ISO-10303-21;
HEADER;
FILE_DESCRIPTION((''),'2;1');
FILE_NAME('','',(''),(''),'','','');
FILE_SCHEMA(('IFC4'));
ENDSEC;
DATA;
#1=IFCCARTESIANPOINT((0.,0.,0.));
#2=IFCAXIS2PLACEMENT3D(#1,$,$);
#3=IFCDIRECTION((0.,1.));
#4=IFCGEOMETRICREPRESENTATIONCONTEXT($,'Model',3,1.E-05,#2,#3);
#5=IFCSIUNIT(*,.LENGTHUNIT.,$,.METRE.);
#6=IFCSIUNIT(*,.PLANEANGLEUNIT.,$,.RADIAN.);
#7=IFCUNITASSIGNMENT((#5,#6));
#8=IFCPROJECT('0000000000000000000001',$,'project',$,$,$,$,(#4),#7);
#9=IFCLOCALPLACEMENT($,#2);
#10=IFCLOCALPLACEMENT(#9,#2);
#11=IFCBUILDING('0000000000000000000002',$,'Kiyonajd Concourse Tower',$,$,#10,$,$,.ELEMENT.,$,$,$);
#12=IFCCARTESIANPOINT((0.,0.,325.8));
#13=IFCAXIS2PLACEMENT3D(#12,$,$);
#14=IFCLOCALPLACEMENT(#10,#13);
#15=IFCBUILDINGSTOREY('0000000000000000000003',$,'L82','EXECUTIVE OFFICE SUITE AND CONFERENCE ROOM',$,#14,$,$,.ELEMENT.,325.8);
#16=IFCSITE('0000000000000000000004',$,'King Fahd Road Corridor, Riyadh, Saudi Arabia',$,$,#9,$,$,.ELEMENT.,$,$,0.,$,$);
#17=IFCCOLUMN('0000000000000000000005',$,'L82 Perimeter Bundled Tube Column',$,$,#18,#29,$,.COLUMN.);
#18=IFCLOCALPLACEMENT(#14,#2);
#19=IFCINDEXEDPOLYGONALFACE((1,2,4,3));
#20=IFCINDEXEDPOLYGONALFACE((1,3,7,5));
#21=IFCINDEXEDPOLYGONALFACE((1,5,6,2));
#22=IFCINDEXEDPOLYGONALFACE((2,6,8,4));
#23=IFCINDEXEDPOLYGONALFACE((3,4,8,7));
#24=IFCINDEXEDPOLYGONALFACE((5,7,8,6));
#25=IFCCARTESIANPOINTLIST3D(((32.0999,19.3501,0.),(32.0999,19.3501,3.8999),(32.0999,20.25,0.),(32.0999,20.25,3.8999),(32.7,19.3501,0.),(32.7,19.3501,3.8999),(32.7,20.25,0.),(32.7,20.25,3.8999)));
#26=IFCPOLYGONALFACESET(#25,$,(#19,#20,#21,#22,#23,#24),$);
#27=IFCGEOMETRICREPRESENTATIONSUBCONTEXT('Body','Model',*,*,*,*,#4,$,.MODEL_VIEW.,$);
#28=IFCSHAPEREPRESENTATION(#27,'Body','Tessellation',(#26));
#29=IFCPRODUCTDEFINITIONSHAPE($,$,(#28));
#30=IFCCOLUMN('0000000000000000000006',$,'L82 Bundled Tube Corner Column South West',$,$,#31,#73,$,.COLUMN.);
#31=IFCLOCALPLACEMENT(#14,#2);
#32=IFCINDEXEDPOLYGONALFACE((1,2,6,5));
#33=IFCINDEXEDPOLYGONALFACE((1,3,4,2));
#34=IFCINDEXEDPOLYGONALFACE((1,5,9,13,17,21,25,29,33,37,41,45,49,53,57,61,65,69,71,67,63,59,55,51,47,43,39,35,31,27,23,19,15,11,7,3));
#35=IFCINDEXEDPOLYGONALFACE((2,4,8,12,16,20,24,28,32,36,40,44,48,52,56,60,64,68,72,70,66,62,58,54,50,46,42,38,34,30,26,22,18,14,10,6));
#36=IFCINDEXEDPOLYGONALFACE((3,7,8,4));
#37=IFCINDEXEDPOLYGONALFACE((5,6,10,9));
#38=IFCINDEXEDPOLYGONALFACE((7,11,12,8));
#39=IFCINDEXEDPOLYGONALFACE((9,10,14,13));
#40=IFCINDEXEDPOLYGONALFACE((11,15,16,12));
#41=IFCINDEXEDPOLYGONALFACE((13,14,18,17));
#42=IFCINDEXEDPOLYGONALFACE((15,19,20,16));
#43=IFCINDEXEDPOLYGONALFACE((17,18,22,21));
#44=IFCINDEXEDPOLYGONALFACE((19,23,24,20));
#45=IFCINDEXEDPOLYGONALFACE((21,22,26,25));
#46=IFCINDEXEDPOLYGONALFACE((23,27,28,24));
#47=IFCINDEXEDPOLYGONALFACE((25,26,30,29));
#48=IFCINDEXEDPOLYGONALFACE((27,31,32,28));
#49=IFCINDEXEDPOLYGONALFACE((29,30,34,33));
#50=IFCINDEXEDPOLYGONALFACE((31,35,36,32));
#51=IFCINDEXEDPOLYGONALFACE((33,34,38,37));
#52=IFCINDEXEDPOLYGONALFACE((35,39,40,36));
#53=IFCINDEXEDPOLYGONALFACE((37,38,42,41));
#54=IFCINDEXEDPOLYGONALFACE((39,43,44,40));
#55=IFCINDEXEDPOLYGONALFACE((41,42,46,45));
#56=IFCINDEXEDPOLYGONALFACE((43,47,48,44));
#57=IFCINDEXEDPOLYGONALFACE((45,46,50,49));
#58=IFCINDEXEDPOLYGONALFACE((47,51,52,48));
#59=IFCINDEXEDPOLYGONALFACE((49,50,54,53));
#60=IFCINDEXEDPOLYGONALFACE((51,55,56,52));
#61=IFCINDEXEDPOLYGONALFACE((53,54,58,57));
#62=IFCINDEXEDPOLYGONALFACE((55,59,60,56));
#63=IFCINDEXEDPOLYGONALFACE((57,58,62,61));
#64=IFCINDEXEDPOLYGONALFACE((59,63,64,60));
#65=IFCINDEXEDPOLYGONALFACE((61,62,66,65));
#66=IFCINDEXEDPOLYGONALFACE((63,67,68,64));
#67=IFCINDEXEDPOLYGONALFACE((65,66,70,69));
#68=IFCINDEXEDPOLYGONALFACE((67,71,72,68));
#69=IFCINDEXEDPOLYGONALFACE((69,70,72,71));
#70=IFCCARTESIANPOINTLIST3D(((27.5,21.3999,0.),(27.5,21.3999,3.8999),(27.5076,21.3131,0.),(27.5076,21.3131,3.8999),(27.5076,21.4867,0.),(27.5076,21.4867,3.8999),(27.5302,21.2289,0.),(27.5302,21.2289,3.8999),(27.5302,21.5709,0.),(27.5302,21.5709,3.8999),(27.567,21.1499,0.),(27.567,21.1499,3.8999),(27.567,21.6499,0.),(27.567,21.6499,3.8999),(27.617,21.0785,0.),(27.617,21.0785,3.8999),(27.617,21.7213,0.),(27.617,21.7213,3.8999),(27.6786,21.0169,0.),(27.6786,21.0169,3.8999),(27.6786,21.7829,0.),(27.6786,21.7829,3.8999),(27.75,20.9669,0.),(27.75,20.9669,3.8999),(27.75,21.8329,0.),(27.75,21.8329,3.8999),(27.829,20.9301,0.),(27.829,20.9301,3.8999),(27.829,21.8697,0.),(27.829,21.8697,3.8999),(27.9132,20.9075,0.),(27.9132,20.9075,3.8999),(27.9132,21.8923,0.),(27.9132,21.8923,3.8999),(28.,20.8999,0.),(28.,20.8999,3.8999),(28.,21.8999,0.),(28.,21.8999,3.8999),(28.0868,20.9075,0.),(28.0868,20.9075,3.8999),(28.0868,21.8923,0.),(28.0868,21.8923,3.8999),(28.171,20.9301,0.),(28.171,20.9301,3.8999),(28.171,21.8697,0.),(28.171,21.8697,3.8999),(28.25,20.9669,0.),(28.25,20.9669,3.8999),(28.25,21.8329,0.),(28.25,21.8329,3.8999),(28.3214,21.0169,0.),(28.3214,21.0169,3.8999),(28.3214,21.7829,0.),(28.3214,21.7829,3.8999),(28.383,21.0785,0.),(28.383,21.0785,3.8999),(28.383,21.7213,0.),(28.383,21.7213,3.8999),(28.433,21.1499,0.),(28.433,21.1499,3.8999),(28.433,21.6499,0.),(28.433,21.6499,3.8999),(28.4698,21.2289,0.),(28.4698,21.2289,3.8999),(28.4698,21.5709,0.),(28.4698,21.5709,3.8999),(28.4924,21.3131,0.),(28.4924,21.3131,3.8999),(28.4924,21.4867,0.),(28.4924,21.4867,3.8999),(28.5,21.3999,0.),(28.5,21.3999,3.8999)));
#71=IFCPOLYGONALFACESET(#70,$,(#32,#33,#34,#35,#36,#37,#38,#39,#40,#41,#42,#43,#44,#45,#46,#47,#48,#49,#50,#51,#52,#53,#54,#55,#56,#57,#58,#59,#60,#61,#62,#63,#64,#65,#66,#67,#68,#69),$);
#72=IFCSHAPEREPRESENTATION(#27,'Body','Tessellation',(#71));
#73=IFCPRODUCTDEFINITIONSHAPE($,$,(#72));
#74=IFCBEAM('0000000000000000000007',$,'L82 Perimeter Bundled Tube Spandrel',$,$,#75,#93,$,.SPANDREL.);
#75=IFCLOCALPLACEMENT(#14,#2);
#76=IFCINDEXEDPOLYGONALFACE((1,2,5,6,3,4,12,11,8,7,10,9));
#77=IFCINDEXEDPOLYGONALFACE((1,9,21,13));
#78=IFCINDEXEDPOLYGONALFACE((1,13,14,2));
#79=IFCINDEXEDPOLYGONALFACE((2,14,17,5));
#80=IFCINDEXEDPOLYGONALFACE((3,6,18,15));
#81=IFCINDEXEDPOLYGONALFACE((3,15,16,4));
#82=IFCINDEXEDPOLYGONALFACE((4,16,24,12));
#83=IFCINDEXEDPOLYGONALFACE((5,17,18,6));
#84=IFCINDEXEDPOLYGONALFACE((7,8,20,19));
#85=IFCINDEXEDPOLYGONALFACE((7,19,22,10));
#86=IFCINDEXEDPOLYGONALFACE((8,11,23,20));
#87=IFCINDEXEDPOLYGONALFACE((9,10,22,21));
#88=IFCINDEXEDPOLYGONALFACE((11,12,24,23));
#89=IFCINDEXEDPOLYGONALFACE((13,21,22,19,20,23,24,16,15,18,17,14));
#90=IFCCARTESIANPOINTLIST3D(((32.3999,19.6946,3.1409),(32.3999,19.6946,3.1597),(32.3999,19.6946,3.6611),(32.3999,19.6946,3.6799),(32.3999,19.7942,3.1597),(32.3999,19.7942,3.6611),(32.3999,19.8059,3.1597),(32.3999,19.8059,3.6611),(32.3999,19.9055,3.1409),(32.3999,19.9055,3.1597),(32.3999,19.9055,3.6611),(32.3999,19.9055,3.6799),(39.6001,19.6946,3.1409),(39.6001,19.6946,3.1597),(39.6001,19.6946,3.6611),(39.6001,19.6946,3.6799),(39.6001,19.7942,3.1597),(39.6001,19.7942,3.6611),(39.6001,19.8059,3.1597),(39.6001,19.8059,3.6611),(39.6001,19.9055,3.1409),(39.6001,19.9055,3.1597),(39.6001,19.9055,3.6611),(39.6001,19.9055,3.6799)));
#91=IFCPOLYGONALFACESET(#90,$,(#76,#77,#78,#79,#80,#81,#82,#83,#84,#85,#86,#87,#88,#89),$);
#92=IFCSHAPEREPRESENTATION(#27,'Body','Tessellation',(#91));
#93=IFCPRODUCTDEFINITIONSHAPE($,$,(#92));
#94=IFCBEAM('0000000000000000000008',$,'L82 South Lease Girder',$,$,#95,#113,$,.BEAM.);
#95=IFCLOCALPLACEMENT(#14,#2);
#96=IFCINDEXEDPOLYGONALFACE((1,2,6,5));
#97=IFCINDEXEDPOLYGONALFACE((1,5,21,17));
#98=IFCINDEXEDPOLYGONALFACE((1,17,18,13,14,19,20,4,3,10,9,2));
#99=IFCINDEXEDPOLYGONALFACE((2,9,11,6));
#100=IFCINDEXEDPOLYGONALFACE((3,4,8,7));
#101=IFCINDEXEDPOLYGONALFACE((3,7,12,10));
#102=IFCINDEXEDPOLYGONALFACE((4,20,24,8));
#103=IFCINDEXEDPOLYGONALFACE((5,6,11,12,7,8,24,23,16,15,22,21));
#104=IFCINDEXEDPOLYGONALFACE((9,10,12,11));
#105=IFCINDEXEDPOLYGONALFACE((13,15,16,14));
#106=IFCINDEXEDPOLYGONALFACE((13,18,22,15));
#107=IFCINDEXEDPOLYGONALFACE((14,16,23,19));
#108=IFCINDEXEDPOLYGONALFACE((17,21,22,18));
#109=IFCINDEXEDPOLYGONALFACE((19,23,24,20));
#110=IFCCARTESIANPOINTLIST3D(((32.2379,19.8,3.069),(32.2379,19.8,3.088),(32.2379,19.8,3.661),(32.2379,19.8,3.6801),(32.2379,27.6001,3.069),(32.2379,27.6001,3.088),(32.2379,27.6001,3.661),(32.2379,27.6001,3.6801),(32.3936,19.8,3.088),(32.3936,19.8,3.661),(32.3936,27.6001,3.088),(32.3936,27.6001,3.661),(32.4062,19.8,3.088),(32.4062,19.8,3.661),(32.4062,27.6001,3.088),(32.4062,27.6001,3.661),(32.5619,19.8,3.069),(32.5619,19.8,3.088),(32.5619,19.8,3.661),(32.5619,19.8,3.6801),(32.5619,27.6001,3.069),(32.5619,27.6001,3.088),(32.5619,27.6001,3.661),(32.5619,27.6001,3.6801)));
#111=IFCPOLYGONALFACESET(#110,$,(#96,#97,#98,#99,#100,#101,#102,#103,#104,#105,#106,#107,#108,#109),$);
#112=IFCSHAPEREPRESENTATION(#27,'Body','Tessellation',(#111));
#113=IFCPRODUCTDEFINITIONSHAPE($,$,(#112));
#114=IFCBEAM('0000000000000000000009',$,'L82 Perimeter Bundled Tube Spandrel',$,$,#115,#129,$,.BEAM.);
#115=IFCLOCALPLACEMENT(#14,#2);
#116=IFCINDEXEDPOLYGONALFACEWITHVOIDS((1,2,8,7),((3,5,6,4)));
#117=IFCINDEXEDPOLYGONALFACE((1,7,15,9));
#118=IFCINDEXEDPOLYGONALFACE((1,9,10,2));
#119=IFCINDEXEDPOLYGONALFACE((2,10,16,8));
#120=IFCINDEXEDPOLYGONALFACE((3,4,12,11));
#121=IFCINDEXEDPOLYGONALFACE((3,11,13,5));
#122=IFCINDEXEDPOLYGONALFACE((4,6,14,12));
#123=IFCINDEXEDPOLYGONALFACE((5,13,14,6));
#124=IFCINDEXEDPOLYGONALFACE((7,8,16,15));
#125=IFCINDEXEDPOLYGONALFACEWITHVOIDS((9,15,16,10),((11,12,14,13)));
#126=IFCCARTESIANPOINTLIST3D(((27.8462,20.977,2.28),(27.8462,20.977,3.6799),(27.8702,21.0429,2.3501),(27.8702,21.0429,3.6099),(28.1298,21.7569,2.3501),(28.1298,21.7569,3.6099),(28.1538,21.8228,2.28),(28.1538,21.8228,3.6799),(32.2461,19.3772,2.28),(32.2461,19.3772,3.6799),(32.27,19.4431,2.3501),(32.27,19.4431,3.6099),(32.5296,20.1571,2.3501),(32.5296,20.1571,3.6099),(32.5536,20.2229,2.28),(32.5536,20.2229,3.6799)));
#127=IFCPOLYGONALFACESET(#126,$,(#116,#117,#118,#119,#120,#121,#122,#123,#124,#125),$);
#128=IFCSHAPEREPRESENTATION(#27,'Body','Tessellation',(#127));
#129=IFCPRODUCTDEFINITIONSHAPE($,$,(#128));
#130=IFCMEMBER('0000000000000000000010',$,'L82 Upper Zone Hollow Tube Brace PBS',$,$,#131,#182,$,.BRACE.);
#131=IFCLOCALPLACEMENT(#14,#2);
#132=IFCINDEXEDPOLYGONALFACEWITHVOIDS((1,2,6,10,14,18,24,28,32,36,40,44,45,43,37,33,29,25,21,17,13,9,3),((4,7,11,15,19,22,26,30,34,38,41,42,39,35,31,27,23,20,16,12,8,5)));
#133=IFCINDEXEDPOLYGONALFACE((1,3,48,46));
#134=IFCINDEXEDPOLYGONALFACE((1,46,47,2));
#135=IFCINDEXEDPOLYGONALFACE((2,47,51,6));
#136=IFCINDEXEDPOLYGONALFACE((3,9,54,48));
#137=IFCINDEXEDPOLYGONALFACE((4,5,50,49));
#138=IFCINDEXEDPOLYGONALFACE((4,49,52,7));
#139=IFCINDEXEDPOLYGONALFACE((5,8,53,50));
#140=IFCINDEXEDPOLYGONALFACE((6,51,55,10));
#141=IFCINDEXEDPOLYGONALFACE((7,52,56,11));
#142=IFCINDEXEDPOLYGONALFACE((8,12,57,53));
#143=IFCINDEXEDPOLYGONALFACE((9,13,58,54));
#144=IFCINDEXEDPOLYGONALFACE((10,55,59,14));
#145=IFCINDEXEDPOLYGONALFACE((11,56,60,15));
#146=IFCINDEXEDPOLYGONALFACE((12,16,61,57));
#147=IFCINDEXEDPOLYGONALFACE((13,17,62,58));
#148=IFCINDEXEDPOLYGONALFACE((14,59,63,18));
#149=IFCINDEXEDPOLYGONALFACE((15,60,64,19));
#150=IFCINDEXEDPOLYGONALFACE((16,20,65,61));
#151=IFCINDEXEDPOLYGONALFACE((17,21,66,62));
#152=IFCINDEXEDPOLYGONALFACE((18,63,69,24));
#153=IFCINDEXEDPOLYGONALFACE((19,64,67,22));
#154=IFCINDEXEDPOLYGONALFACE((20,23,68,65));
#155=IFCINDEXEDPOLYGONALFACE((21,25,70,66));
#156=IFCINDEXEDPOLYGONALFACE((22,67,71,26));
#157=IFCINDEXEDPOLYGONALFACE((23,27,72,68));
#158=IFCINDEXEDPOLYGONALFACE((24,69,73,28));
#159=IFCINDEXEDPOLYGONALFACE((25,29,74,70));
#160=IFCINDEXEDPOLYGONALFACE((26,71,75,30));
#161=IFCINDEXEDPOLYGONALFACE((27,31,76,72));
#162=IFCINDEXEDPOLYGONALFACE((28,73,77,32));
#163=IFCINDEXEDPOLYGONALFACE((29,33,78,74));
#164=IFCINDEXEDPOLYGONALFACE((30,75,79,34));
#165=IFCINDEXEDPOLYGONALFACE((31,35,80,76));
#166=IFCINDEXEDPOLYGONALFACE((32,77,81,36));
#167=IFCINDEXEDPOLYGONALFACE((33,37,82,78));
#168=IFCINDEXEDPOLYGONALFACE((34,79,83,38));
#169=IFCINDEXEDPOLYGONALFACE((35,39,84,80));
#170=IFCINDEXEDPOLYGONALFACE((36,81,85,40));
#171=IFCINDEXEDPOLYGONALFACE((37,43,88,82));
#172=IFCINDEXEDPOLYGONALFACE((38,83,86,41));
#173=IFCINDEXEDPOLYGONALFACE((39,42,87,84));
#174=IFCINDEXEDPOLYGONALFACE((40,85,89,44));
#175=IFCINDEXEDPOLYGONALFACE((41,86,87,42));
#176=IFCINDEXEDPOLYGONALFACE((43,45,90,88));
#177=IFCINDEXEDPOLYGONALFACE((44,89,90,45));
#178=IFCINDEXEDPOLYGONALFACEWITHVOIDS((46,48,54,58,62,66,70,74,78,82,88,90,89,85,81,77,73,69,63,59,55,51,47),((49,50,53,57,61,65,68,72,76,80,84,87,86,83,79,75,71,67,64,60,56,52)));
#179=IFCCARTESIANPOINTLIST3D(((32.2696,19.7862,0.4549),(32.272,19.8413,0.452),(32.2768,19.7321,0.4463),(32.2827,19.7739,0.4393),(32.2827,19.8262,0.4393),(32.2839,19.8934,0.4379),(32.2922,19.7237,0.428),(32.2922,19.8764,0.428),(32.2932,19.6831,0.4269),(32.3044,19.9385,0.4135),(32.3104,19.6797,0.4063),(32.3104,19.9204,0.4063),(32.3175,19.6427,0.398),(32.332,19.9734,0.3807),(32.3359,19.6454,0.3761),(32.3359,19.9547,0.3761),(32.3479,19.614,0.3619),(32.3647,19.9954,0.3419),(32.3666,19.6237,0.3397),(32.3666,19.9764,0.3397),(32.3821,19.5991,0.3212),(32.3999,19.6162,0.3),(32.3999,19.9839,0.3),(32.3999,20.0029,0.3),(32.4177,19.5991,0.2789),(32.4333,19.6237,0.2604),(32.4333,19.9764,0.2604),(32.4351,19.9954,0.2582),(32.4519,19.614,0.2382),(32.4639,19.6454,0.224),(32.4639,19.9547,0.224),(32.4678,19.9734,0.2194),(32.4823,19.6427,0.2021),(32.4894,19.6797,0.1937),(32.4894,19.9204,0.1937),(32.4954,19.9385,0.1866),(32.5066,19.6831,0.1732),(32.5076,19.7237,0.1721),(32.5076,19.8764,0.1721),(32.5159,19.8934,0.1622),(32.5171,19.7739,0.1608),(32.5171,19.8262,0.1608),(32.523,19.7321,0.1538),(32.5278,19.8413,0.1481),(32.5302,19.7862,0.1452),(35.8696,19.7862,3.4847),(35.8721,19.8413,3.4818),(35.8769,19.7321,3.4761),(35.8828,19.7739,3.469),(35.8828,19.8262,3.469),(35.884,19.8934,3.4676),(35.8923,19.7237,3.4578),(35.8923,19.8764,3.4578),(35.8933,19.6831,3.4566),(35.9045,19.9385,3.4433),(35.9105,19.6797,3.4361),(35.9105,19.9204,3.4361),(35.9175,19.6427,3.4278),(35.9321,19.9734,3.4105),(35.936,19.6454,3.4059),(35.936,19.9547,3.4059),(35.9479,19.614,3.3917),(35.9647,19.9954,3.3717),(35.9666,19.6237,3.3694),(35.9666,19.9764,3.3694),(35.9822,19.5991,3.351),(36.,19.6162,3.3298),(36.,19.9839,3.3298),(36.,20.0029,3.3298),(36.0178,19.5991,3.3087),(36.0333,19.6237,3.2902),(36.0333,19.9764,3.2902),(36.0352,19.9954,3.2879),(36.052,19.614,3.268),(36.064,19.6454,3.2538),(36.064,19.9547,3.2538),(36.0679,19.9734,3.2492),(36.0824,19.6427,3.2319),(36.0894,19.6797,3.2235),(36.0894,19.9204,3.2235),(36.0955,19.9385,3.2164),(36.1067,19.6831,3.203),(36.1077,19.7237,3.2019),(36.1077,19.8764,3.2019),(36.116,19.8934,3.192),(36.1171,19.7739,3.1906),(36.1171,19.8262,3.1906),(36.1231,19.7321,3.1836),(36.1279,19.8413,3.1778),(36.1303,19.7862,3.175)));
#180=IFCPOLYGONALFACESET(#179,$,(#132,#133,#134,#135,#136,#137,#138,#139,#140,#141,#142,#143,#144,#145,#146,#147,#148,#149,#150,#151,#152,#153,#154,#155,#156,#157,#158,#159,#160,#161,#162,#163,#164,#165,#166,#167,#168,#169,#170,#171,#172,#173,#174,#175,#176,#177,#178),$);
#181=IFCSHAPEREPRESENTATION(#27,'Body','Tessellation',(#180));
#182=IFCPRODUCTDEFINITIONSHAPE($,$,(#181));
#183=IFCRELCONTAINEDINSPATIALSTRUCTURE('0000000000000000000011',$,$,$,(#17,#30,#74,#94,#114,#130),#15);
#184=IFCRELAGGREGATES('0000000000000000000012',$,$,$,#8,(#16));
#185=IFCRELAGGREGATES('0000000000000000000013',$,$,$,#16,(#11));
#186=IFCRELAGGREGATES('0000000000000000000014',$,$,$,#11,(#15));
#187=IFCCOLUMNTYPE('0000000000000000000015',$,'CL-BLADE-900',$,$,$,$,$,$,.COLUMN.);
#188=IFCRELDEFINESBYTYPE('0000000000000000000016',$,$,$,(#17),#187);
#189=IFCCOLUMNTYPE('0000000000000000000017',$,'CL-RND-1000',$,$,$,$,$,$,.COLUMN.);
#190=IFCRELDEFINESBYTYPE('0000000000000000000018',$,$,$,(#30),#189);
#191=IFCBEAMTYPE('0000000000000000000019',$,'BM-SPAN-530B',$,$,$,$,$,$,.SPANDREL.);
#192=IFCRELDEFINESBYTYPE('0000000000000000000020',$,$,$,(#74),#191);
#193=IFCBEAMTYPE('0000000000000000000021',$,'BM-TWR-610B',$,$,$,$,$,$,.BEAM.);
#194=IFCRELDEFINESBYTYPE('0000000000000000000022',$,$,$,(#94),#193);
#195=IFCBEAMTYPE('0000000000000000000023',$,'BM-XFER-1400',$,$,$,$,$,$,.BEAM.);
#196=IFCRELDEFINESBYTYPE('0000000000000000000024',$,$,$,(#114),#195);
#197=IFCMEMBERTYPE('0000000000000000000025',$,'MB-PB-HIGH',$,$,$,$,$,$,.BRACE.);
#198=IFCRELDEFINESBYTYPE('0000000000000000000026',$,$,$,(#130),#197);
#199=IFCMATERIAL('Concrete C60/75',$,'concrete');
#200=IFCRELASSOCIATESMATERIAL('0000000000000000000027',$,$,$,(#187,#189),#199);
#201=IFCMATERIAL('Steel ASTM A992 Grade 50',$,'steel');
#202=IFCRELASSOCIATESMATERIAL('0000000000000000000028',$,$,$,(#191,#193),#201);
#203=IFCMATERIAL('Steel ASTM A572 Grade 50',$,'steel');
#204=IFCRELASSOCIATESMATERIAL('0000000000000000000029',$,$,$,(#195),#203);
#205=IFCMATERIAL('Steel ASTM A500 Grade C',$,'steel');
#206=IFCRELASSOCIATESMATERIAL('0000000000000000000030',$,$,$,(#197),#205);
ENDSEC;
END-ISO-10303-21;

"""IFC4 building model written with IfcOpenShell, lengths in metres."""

from ifc_helpers import new_model, si_unit, direction, frame, origin, origin_2d, place, context, subcontext, project, spatial, rectangle, hollow_rectangle, circle, hollow_circle, i_section, extrude, material, material_profile, profile_set, type_object, element, save


model = new_model("IFC4")

# Units and contexts
model_context = context("Model", 3, precision=1e-05, world=origin(), true_north=direction((0.0, 1.0)))
body_context = subcontext(model_context, "Body", "Model", "MODEL_VIEW")
ifc_project = project(units=[si_unit("LENGTHUNIT", "METRE"), si_unit("PLANEANGLEUNIT", "RADIAN")], contexts=[model_context])

# Site, building, storey
site_placement = place(None, origin())
site = spatial("IfcSite", under=ifc_project, at=site_placement, Name="King Fahd Road Corridor, Riyadh, Saudi Arabia", CompositionType="ELEMENT", RefElevation=0.0)
building_placement = place(site_placement, origin())
building = spatial("IfcBuilding", under=site, at=building_placement, Name="Kiyonajd Concourse Tower", CompositionType="ELEMENT")
storey_placement = place(building_placement, frame((0.0, 0.0, 325.8)))
storey = spatial("IfcBuildingStorey", under=building, at=storey_placement, Name="L82", Description="EXECUTIVE OFFICE SUITE AND CONFERENCE ROOM", CompositionType="ELEMENT", Elevation=325.8)

# Columns
ifc_material_1 = material(Name="Concrete C60/75", Category="concrete")
ifc_material_profile_1 = material_profile(ifc_material_1, rectangle(XDim=0.6001, YDim=0.8999, at=origin_2d()), Name="RC-900x600")
ifc_profile_set_1 = profile_set([ifc_material_profile_1], Name="Concrete C60/75")
column_type_1 = type_object("IfcColumnType", Name="CL-BLADE-900", PredefinedType="COLUMN", material=ifc_profile_set_1)
column_1_placement = place(storey_placement, frame((32.3999, 19.8, 0.0), z_axis=(0.0, 0.0, 1.0), x_axis=(1.0, 0.0, 0.0)))
element("IfcColumn", 1, at=column_1_placement, inside=storey, type_object=column_type_1, Name="L82 Perimeter Bundled Tube Column", PredefinedType="COLUMN", context=body_context, shape_type="SweptSolid", body=[
    extrude(rectangle(XDim=0.6001, YDim=0.8999, at=origin_2d()), origin(), (0.0, 0.0, 1.0), 3.8999),
])
ifc_material_profile_2 = material_profile(ifc_material_1, circle(Radius=0.5, at=origin_2d()), Name="RCC-D1000")
ifc_profile_set_2 = profile_set([ifc_material_profile_2], Name="Concrete C60/75")
column_type_2 = type_object("IfcColumnType", Name="CL-RND-1000", PredefinedType="COLUMN", material=ifc_profile_set_2)
column_2_placement = place(storey_placement, frame((28.0, 21.3999, 0.0), z_axis=(0.0, 0.0, 1.0), x_axis=(1.0, 0.0, 0.0)))
element("IfcColumn", 2, at=column_2_placement, inside=storey, type_object=column_type_2, Name="L82 Bundled Tube Corner Column South West", PredefinedType="COLUMN", context=body_context, shape_type="SweptSolid", body=[
    extrude(circle(Radius=0.5, at=origin_2d()), origin(), (0.0, 0.0, 1.0), 3.8999),
])

# Beams
ifc_material_2 = material(Name="Steel ASTM A992 Grade 50", Category="steel")
ifc_material_profile_3 = material_profile(ifc_material_2, i_section(OverallWidth=0.2109, OverallDepth=0.5391, WebThickness=0.0117, FlangeThickness=0.0188, at=origin_2d()), Name="W530X109")
ifc_profile_set_3 = profile_set([ifc_material_profile_3], Name="Steel ASTM A992 Grade 50")
beam_type_1 = type_object("IfcBeamType", Name="BM-SPAN-530B", PredefinedType="SPANDREL", material=ifc_profile_set_3)
beam_1_placement = place(storey_placement, frame((32.3999, 19.8, 3.4104), z_axis=(1.0, 0.0, 0.0), x_axis=(0.0, 1.0, 0.0)))
element("IfcBeam", 3, at=beam_1_placement, inside=storey, type_object=beam_type_1, Name="L82 Perimeter Bundled Tube Spandrel", PredefinedType="SPANDREL", context=body_context, shape_type="SweptSolid", body=[
    extrude(i_section(OverallWidth=0.2109, OverallDepth=0.5391, WebThickness=0.0117, FlangeThickness=0.0188, at=origin_2d()), origin(), (0.0, 0.0, 1.0), 7.2002),
])
ifc_material_profile_4 = material_profile(ifc_material_2, i_section(OverallWidth=0.324, OverallDepth=0.6111, WebThickness=0.0127, FlangeThickness=0.019, at=origin_2d()), Name="W610X155")
ifc_profile_set_4 = profile_set([ifc_material_profile_4], Name="Steel ASTM A992 Grade 50")
beam_type_2 = type_object("IfcBeamType", Name="BM-TWR-610B", PredefinedType="BEAM", material=ifc_profile_set_4)
beam_2_placement = place(storey_placement, frame((32.3999, 19.8, 3.3745), z_axis=(0.0, 1.0, 0.0), x_axis=(-1.0, 0.0, 0.0)))
element("IfcBeam", 4, at=beam_2_placement, inside=storey, type_object=beam_type_2, Name="L82 South Lease Girder", PredefinedType="BEAM", context=body_context, shape_type="SweptSolid", body=[
    extrude(i_section(OverallWidth=0.324, OverallDepth=0.6111, WebThickness=0.0127, FlangeThickness=0.019, at=origin_2d()), origin(), (0.0, 0.0, 1.0), 7.8),
])
ifc_material_3 = material(Name="Steel ASTM A572 Grade 50", Category="steel")
ifc_material_profile_5 = material_profile(ifc_material_3, hollow_rectangle(XDim=0.8999, YDim=1.3999, WallThickness=0.0701, at=origin_2d()), Name="BOX-1400x900x70")
ifc_profile_set_5 = profile_set([ifc_material_profile_5], Name="Steel ASTM A572 Grade 50")
beam_type_3 = type_object("IfcBeamType", Name="BM-XFER-1400", PredefinedType="BEAM", material=ifc_profile_set_5)
beam_3_placement = place(storey_placement, frame((28.0, 21.3999, 2.98), z_axis=(0.939801, -0.341722, 0.0), x_axis=(0.341722, 0.939801, 0.0)))
element("IfcBeam", 5, at=beam_3_placement, inside=storey, type_object=beam_type_3, Name="L82 Perimeter Bundled Tube Spandrel", PredefinedType="BEAM", context=body_context, shape_type="SweptSolid", body=[
    extrude(hollow_rectangle(XDim=0.8999, YDim=1.3999, WallThickness=0.0701, at=origin_2d()), origin(), (0.0, 0.0, 1.0), 4.6816),
])

# Member
ifc_material_4 = material(Name="Steel ASTM A500 Grade C", Category="steel")
ifc_material_profile_6 = material_profile(ifc_material_4, hollow_circle(Radius=0.2029, WallThickness=0.019, at=origin_2d()), Name="CHS-406x19")
ifc_profile_set_6 = profile_set([ifc_material_profile_6], Name="Steel ASTM A500 Grade C")
member_type = type_object("IfcMemberType", Name="MB-PB-HIGH", PredefinedType="BRACE", material=ifc_profile_set_6)
member_placement = place(storey_placement, frame((32.3999, 19.8, 0.3), z_axis=(0.765108, 0.0, 0.643902), x_axis=(0.0, 1.0, 0.0)))
element("IfcMember", 6, at=member_placement, inside=storey, type_object=member_type, Name="L82 Upper Zone Hollow Tube Brace PBS", PredefinedType="BRACE", context=body_context, shape_type="SweptSolid", body=[
    extrude(hollow_circle(Radius=0.2029, WallThickness=0.019, at=origin_2d()), origin(), (0.0, 0.0, 1.0), 4.7053),
])

save(model, "model.ifc")
